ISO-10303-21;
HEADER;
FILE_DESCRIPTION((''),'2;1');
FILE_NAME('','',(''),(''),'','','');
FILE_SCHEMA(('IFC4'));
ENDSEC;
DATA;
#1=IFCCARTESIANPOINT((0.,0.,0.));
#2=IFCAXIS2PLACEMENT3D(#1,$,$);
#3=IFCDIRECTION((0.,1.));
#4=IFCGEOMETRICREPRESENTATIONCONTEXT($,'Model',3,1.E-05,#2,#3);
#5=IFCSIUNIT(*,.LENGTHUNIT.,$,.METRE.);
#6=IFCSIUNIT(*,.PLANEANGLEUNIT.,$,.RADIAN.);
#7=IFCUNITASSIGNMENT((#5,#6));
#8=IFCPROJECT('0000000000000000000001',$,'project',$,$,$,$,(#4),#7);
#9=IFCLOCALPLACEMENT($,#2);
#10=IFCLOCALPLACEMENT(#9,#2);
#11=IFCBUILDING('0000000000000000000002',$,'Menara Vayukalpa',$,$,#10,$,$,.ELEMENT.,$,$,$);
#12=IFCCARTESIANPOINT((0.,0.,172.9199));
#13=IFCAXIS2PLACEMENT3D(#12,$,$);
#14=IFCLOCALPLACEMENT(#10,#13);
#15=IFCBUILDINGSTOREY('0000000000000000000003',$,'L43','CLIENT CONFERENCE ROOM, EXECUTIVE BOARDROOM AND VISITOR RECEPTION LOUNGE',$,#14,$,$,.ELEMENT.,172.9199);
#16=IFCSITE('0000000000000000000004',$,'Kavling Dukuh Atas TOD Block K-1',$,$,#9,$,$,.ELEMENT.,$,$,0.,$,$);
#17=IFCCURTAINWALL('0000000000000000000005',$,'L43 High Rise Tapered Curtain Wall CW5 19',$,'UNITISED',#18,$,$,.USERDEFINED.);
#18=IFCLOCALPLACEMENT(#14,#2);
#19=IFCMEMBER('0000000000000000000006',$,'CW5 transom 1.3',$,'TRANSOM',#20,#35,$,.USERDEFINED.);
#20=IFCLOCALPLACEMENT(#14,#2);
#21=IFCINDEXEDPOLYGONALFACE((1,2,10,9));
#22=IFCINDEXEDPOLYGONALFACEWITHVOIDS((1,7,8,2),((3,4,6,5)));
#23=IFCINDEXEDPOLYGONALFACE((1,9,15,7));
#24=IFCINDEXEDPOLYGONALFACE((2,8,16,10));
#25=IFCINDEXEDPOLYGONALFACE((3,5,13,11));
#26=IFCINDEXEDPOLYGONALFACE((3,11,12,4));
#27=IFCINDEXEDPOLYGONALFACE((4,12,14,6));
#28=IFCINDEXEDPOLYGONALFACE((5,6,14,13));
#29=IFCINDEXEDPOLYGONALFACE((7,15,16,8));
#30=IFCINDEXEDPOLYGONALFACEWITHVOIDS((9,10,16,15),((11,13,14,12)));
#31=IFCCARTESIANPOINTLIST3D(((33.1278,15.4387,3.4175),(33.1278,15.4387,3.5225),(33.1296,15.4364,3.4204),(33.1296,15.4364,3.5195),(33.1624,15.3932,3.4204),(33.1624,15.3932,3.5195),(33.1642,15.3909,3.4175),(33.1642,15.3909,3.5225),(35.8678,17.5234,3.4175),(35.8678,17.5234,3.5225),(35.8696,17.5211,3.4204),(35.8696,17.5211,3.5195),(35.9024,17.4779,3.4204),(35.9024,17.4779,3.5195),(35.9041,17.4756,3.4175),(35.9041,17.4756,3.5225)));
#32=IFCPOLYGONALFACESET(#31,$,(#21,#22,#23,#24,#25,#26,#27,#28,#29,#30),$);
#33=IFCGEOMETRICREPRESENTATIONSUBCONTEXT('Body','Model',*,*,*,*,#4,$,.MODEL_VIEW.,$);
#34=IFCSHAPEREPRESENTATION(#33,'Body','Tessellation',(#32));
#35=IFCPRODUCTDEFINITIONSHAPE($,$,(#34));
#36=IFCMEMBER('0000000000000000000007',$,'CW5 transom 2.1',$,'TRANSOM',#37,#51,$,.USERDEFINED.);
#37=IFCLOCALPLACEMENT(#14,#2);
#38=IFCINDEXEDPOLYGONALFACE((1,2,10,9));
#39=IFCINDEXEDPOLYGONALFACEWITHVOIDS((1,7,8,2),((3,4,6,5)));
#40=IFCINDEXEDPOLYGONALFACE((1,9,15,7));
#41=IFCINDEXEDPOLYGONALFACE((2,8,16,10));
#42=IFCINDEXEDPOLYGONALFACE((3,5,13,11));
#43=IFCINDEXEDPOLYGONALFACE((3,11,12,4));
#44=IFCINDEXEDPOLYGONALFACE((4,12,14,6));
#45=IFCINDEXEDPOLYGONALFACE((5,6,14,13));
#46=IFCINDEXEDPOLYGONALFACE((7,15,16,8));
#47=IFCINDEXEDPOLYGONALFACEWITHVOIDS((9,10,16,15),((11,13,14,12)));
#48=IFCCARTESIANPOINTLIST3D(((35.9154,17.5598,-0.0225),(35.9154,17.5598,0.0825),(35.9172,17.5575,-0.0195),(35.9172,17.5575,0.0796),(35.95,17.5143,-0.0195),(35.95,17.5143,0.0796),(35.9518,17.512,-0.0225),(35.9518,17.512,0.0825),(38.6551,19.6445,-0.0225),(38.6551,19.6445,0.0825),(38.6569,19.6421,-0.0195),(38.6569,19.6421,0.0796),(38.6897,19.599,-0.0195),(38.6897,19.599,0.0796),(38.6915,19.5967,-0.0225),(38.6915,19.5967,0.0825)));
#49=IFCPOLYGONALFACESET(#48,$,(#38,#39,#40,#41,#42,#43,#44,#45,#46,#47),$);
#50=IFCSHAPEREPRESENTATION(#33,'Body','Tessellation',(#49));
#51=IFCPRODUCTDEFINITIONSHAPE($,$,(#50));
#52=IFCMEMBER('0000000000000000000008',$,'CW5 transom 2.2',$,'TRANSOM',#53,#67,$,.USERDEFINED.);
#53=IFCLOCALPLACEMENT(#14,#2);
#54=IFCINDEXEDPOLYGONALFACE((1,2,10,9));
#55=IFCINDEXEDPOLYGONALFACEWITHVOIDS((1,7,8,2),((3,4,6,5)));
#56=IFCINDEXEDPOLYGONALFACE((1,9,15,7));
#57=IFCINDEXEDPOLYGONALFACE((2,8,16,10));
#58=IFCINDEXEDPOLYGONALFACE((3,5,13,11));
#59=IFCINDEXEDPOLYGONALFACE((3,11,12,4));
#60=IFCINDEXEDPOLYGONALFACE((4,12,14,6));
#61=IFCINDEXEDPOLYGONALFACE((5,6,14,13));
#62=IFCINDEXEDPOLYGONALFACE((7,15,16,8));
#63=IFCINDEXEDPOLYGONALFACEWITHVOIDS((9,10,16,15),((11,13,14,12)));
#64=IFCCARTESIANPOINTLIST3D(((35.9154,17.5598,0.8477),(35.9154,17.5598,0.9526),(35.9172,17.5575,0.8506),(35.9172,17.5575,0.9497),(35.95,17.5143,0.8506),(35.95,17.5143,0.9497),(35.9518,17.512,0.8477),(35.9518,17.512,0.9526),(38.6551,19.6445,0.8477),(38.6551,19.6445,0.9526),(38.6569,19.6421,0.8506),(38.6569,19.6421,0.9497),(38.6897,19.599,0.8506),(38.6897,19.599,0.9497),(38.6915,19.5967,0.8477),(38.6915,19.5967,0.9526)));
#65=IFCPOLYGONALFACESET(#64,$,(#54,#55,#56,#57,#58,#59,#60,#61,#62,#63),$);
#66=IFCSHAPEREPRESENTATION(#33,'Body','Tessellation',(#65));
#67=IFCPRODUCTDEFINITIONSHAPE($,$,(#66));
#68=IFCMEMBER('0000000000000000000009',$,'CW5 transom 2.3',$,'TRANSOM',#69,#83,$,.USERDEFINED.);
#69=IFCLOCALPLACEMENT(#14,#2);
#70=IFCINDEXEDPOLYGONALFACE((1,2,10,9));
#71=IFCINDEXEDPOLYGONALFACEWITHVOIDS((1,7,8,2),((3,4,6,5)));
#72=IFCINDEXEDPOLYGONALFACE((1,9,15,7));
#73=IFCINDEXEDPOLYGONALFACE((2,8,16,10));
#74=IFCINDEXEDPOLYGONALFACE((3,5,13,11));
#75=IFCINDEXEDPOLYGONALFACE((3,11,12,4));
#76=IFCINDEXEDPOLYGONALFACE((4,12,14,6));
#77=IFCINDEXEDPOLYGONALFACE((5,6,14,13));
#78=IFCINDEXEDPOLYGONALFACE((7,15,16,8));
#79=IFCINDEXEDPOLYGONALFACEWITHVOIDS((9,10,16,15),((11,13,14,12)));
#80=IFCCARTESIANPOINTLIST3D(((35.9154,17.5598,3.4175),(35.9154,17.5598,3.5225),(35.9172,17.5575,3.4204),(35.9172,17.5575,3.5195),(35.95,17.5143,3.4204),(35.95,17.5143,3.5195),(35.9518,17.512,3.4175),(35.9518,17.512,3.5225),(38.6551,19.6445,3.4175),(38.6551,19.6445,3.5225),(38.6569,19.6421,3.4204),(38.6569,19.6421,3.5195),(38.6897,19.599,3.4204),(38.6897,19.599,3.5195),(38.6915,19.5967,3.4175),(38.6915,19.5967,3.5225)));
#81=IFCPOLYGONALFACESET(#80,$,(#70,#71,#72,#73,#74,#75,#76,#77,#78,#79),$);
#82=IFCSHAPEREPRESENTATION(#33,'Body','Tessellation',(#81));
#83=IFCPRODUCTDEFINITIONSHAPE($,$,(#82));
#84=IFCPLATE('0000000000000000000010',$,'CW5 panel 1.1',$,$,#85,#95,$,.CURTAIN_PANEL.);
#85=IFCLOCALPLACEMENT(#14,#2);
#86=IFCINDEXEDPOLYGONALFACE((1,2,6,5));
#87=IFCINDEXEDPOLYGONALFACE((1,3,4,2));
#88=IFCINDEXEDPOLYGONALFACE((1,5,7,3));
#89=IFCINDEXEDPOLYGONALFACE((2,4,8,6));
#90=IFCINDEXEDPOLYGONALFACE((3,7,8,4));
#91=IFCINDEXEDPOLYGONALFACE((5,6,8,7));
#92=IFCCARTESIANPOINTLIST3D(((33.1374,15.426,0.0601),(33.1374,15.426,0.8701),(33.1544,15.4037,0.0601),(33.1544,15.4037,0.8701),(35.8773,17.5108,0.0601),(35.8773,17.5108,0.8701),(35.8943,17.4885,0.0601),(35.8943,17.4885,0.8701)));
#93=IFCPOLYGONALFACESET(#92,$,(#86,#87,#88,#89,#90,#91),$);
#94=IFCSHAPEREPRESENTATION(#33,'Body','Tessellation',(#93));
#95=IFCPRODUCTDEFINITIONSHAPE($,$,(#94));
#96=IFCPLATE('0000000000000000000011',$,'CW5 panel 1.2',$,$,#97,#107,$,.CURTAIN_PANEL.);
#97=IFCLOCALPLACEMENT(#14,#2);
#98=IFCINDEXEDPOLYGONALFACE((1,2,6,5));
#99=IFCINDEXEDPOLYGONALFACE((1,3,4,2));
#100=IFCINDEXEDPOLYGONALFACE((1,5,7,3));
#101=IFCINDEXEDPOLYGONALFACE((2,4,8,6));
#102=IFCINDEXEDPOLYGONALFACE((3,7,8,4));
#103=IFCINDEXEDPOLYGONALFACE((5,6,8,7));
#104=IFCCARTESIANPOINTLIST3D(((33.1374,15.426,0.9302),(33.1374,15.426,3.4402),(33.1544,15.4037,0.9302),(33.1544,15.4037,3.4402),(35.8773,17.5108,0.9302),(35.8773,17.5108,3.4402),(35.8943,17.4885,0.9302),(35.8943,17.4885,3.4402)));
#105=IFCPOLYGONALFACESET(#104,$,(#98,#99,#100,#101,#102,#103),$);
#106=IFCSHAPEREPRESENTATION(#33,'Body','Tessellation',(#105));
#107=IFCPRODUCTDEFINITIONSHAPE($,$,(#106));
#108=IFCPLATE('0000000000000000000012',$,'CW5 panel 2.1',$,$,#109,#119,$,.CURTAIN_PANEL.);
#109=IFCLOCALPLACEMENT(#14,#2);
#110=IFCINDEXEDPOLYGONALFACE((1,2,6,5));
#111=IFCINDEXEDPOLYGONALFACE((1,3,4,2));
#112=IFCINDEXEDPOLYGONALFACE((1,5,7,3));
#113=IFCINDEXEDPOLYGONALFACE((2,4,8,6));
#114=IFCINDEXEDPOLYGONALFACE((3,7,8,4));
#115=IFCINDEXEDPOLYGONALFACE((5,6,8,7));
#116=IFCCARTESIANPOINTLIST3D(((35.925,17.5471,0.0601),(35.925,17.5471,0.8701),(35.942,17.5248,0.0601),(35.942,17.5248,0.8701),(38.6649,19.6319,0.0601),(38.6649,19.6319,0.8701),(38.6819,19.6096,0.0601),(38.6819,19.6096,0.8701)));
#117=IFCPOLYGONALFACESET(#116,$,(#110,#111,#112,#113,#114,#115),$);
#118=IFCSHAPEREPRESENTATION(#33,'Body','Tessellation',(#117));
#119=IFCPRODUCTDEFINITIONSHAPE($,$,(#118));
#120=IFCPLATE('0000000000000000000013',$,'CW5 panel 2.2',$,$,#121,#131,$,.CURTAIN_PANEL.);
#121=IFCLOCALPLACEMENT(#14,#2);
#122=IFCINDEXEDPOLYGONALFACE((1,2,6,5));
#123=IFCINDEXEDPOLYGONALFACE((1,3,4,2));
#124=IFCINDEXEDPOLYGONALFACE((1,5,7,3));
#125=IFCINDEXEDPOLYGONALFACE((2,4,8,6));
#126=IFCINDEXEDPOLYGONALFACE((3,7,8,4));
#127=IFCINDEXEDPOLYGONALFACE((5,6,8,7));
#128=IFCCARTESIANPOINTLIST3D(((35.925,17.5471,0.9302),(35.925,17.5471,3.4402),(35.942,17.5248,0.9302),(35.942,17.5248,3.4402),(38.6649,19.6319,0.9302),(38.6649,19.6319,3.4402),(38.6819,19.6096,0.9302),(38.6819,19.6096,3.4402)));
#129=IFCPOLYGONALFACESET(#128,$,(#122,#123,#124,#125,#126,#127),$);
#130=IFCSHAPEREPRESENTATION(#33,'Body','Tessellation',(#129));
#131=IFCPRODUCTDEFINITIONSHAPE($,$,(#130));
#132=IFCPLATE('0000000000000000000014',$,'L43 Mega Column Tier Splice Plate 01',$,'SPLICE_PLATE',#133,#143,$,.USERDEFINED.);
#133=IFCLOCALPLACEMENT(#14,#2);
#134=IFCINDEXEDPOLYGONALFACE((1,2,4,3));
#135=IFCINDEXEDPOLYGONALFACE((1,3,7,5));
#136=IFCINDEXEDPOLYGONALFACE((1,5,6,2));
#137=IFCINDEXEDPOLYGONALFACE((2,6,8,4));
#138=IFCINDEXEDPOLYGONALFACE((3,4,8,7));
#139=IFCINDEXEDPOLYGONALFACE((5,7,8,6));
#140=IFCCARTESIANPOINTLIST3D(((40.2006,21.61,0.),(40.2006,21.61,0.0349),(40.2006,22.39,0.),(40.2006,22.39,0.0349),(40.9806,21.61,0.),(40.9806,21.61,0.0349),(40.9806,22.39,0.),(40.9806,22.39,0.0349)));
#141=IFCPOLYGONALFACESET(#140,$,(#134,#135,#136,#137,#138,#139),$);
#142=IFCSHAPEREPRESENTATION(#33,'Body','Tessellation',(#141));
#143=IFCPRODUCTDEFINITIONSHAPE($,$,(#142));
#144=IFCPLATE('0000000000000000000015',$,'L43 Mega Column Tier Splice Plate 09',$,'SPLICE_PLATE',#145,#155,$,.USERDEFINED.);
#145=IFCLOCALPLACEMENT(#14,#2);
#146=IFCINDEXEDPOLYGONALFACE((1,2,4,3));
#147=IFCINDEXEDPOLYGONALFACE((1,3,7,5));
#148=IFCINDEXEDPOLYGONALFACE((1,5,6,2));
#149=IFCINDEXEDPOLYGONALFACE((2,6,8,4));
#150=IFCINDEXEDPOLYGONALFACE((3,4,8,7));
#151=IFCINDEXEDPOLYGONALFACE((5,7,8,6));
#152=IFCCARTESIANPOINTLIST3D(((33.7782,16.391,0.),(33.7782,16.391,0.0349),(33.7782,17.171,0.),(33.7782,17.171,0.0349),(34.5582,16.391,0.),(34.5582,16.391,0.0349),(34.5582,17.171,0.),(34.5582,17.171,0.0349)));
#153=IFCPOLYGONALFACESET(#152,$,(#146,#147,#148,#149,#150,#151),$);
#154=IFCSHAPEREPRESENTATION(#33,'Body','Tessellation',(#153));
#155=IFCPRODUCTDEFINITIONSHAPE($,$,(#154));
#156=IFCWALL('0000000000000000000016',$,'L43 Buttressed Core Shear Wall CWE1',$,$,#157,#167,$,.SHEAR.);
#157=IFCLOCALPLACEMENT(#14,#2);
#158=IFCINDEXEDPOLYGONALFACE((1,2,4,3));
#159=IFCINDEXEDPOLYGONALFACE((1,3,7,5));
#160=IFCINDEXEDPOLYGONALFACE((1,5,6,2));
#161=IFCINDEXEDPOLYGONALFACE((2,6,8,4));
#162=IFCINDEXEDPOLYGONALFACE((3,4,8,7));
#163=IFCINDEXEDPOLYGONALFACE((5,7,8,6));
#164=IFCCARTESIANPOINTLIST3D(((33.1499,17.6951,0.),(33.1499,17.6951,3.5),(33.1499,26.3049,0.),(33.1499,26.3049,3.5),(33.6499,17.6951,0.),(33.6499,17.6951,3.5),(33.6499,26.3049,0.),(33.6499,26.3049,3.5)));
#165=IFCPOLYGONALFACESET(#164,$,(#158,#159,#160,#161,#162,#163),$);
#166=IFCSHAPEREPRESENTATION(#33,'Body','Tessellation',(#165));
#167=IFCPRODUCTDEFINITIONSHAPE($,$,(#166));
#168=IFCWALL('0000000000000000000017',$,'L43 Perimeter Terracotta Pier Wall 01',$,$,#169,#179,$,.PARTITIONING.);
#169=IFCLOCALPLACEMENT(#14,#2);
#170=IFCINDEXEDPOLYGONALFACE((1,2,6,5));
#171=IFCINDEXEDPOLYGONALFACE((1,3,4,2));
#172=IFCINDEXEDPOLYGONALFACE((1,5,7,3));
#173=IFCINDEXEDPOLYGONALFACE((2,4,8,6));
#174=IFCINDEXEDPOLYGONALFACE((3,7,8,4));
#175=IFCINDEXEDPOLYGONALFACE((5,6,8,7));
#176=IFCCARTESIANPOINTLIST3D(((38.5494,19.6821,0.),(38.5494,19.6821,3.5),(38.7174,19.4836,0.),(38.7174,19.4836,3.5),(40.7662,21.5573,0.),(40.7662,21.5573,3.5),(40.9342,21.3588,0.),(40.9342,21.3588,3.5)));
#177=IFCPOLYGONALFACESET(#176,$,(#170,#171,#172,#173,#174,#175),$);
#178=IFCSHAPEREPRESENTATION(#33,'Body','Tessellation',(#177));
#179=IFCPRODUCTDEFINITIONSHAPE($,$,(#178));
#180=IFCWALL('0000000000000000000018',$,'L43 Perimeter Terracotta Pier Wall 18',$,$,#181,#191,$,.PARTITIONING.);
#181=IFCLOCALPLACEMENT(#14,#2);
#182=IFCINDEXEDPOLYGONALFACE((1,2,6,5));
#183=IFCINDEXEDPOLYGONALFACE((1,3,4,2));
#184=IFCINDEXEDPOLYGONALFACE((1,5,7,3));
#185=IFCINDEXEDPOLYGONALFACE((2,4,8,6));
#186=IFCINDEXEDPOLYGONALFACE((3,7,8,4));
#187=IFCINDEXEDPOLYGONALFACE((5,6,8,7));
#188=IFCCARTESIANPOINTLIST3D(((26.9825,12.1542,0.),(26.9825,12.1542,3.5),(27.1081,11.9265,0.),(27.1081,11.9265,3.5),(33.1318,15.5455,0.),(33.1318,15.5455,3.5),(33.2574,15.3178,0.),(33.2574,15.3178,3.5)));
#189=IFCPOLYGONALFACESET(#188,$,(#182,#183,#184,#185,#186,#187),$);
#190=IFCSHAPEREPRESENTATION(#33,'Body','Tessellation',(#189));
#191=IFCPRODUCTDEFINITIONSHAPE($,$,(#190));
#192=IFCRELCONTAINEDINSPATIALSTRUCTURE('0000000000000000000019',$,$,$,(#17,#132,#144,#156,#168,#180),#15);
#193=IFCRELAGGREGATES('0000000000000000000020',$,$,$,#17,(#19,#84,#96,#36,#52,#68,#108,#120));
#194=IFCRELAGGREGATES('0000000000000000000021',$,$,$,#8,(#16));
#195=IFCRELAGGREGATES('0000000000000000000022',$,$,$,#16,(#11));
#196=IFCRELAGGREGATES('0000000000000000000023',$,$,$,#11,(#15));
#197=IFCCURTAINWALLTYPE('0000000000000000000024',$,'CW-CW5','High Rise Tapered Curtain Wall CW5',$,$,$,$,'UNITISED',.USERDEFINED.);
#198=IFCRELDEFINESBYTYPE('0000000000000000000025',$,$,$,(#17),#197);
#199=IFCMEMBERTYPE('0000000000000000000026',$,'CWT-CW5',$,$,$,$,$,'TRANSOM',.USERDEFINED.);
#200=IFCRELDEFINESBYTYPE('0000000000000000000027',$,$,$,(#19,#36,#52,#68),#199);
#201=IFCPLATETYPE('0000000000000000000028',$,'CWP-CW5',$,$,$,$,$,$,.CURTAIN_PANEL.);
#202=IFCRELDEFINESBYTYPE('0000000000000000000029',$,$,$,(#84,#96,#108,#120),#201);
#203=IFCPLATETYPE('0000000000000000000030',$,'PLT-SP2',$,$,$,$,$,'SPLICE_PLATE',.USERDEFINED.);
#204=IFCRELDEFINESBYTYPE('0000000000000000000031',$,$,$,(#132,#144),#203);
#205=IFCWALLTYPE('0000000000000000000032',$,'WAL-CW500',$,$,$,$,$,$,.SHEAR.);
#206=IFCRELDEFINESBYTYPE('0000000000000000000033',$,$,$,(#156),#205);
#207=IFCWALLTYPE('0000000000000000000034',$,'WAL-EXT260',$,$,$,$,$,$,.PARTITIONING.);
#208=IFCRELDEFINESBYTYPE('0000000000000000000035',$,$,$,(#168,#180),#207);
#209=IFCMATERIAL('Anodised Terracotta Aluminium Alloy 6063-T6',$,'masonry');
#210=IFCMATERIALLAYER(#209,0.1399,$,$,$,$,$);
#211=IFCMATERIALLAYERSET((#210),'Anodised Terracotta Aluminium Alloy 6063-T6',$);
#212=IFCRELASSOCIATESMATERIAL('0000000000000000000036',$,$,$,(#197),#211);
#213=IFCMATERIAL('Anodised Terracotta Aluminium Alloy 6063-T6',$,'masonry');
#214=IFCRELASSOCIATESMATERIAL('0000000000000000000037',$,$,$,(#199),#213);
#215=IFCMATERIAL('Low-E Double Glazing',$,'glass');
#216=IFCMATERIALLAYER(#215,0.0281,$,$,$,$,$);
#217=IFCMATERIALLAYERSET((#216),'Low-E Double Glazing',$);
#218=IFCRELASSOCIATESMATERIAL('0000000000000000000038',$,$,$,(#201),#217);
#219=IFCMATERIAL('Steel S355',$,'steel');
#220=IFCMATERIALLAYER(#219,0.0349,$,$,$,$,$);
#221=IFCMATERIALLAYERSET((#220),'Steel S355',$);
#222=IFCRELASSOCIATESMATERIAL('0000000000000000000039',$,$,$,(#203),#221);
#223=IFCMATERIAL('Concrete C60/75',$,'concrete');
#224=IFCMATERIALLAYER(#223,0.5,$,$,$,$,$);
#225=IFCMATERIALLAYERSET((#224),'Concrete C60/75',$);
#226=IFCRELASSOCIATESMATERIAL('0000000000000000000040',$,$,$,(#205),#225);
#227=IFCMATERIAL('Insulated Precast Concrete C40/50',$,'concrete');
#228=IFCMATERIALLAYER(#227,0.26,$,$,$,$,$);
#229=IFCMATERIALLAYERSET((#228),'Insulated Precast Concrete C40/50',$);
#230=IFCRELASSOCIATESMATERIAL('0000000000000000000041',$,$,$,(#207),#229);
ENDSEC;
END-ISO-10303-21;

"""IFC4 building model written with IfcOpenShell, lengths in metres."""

from ifc_helpers import new_model, si_unit, direction, frame, frame_2d, origin, origin_2d, place, context, subcontext, project, spatial, rectangle, hollow_rectangle, extrude, material, layer, layer_set, material_profile, profile_set, type_object, element, aggregate, save


model = new_model("IFC4")

# Units and contexts
model_context = context("Model", 3, precision=1e-05, world=origin(), true_north=direction((0.0, 1.0)))
body_context = subcontext(model_context, "Body", "Model", "MODEL_VIEW")
ifc_project = project(units=[si_unit("LENGTHUNIT", "METRE"), si_unit("PLANEANGLEUNIT", "RADIAN")], contexts=[model_context])

# Site, building, storey
site_placement = place(None, origin())
site = spatial("IfcSite", under=ifc_project, at=site_placement, Name="Kavling Dukuh Atas TOD Block K-1", CompositionType="ELEMENT", RefElevation=0.0)
building_placement = place(site_placement, origin())
building = spatial("IfcBuilding", under=site, at=building_placement, Name="Menara Vayukalpa", CompositionType="ELEMENT")
storey_placement = place(building_placement, frame((0.0, 0.0, 172.9199)))
storey = spatial("IfcBuildingStorey", under=building, at=storey_placement, Name="L43", Description="CLIENT CONFERENCE ROOM, EXECUTIVE BOARDROOM AND VISITOR RECEPTION LOUNGE", CompositionType="ELEMENT", Elevation=172.9199)

# Curtain wall, members, plates
ifc_material_1 = material(Name="Anodised Terracotta Aluminium Alloy 6063-T6", Category="masonry")
ifc_layer_1 = layer(ifc_material_1, 0.1399)
ifc_layer_set_1 = layer_set([ifc_layer_1], Name="Anodised Terracotta Aluminium Alloy 6063-T6")
curtain_wall_type = type_object("IfcCurtainWallType", Name="CW-CW5", Description="High Rise Tapered Curtain Wall CW5", ElementType="UNITISED", PredefinedType="USERDEFINED", material=ifc_layer_set_1)
curtain_wall_placement = place(storey_placement, origin())
curtain_wall = element("IfcCurtainWall", 1, at=curtain_wall_placement, inside=storey, type_object=curtain_wall_type, Name="L43 High Rise Tapered Curtain Wall CW5 19", ObjectType="UNITISED", PredefinedType="USERDEFINED")
ifc_material_2 = material(Name="Anodised Terracotta Aluminium Alloy 6063-T6", Category="masonry")
ifc_material_profile_1 = material_profile(ifc_material_2, hollow_rectangle(XDim=0.0601, YDim=0.105, WallThickness=0.0029, at=origin_2d()), Name="ALU 60x105x3")
ifc_profile_set_1 = profile_set([ifc_material_profile_1], Name="Anodised Terracotta Aluminium Alloy 6063-T6")
member_type_1 = type_object("IfcMemberType", Name="CWT-CW5", ElementType="TRANSOM", PredefinedType="USERDEFINED", material=ifc_profile_set_1)
member_1_placement = place(storey_placement, frame((33.146, 15.4148, 3.47), z_axis=(0.795837, 0.605511, 0.0), x_axis=(-0.605511, 0.795837, 0.0)))
member_1 = element("IfcMember", 2, at=member_1_placement, type_object=member_type_1, Name="CW5 transom 1.3", ObjectType="TRANSOM", PredefinedType="USERDEFINED", context=body_context, shape_type="SweptSolid", body=[
    extrude(hollow_rectangle(XDim=0.0601, YDim=0.105, WallThickness=0.0029, at=origin_2d()), origin(), (0.0, 0.0, 1.0), 3.4429),
])
member_2_placement = place(storey_placement, frame((35.9336, 17.5359, 0.03), z_axis=(0.795811, 0.605545, 0.0), x_axis=(-0.605545, 0.795811, 0.0)))
member_2 = element("IfcMember", 3, at=member_2_placement, type_object=member_type_1, Name="CW5 transom 2.1", ObjectType="TRANSOM", PredefinedType="USERDEFINED", context=body_context, shape_type="SweptSolid", body=[
    extrude(hollow_rectangle(XDim=0.0601, YDim=0.105, WallThickness=0.0029, at=origin_2d()), origin(), (0.0, 0.0, 1.0), 3.4426),
])
member_3_placement = place(storey_placement, frame((35.9336, 17.5359, 0.9001), z_axis=(0.795811, 0.605545, 0.0), x_axis=(-0.605545, 0.795811, 0.0)))
member_3 = element("IfcMember", 4, at=member_3_placement, type_object=member_type_1, Name="CW5 transom 2.2", ObjectType="TRANSOM", PredefinedType="USERDEFINED", context=body_context, shape_type="SweptSolid", body=[
    extrude(hollow_rectangle(XDim=0.0601, YDim=0.105, WallThickness=0.0029, at=origin_2d()), origin(), (0.0, 0.0, 1.0), 3.4426),
])
member_4_placement = place(storey_placement, frame((35.9336, 17.5359, 3.47), z_axis=(0.795811, 0.605545, 0.0), x_axis=(-0.605545, 0.795811, 0.0)))
member_4 = element("IfcMember", 5, at=member_4_placement, type_object=member_type_1, Name="CW5 transom 2.3", ObjectType="TRANSOM", PredefinedType="USERDEFINED", context=body_context, shape_type="SweptSolid", body=[
    extrude(hollow_rectangle(XDim=0.0601, YDim=0.105, WallThickness=0.0029, at=origin_2d()), origin(), (0.0, 0.0, 1.0), 3.4426),
])
ifc_material_3 = material(Name="Low-E Double Glazing", Category="glass")
ifc_layer_2 = layer(ifc_material_3, 0.0281)
ifc_layer_set_2 = layer_set([ifc_layer_2], Name="Low-E Double Glazing")
plate_type_1 = type_object("IfcPlateType", Name="CWP-CW5", PredefinedType="CURTAIN_PANEL", material=ifc_layer_set_2)
plate_1_placement = place(storey_placement, frame((34.5159, 16.4573, 0.0601), z_axis=(0.0, 0.0, 1.0), x_axis=(0.795815, 0.60554, 0.0)))
plate_1 = element("IfcPlate", 6, at=plate_1_placement, type_object=plate_type_1, Name="CW5 panel 1.1", PredefinedType="CURTAIN_PANEL", context=body_context, shape_type="SweptSolid", body=[
    extrude(rectangle(XDim=3.4429, YDim=0.0281, at=origin_2d()), origin(), (0.0, 0.0, 1.0), 0.8101),
])
plate_2_placement = place(storey_placement, frame((34.5159, 16.4573, 0.9302), z_axis=(0.0, 0.0, 1.0), x_axis=(0.795815, 0.60554, 0.0)))
plate_2 = element("IfcPlate", 7, at=plate_2_placement, type_object=plate_type_1, Name="CW5 panel 1.2", PredefinedType="CURTAIN_PANEL", context=body_context, shape_type="SweptSolid", body=[
    extrude(rectangle(XDim=3.4429, YDim=0.0281, at=origin_2d()), origin(), (0.0, 0.0, 1.0), 2.51),
])
plate_3_placement = place(storey_placement, frame((37.3035, 18.5784, 0.0601), z_axis=(0.0, 0.0, 1.0), x_axis=(0.795815, 0.60554, 0.0)))
plate_3 = element("IfcPlate", 8, at=plate_3_placement, type_object=plate_type_1, Name="CW5 panel 2.1", PredefinedType="CURTAIN_PANEL", context=body_context, shape_type="SweptSolid", body=[
    extrude(rectangle(XDim=3.4429, YDim=0.0281, at=origin_2d()), origin(), (0.0, 0.0, 1.0), 0.8101),
])
plate_4_placement = place(storey_placement, frame((37.3035, 18.5784, 0.9302), z_axis=(0.0, 0.0, 1.0), x_axis=(0.795815, 0.60554, 0.0)))
plate_4 = element("IfcPlate", 9, at=plate_4_placement, type_object=plate_type_1, Name="CW5 panel 2.2", PredefinedType="CURTAIN_PANEL", context=body_context, shape_type="SweptSolid", body=[
    extrude(rectangle(XDim=3.4429, YDim=0.0281, at=origin_2d()), origin(), (0.0, 0.0, 1.0), 2.51),
])
aggregate(curtain_wall, [member_1, plate_1, plate_2, member_2, member_3, member_4, plate_3, plate_4])

# Plates
ifc_material_4 = material(Name="Steel S355", Category="steel")
ifc_layer_3 = layer(ifc_material_4, 0.0349)
ifc_layer_set_3 = layer_set([ifc_layer_3], Name="Steel S355")
plate_type_2 = type_object("IfcPlateType", Name="PLT-SP2", ElementType="SPLICE_PLATE", PredefinedType="USERDEFINED", material=ifc_layer_set_3)
for number, where, z_axis, x_axis, name in (
    (10, (40.5906, 22.0, 0.0), (0.0, 0.0, 1.0), (1.0, 0.0, 0.0), "L43 Mega Column Tier Splice Plate 01"),
    (11, (34.1682, 16.781, 0.0), (0.0, 0.0, 1.0), (1.0, 0.0, 0.0), "L43 Mega Column Tier Splice Plate 09"),
):
    element("IfcPlate", number, at=place(storey_placement, frame(where, z_axis=z_axis, x_axis=x_axis)), inside=storey, type_object=plate_type_2, Name=name, ObjectType="SPLICE_PLATE", PredefinedType="USERDEFINED", context=body_context, shape_type="SweptSolid", body=[
        extrude(rectangle(XDim=0.78, YDim=0.78, at=origin_2d()), origin(), (0.0, 0.0, 1.0), 0.0349),
    ])

# Walls
ifc_material_5 = material(Name="Concrete C60/75", Category="concrete")
ifc_layer_4 = layer(ifc_material_5, 0.5)
ifc_layer_set_4 = layer_set([ifc_layer_4], Name="Concrete C60/75")
wall_type_1 = type_object("IfcWallType", Name="WAL-CW500", PredefinedType="SHEAR", material=ifc_layer_set_4)
wall_1_placement = place(storey_placement, frame((33.3999, 17.6951, 0.0), z_axis=(0.0, 0.0, 1.0), x_axis=(0.0, 1.0, 0.0)))
element("IfcWall", 12, at=wall_1_placement, inside=storey, type_object=wall_type_1, Name="L43 Buttressed Core Shear Wall CWE1", PredefinedType="SHEAR", context=body_context, shape_type="SweptSolid", body=[
    extrude(rectangle(XDim=8.6099, YDim=0.5, at=frame_2d((4.3049, 0.0))), origin(), (0.0, 0.0, 1.0), 3.5),
])
ifc_material_6 = material(Name="Insulated Precast Concrete C40/50", Category="concrete")
ifc_layer_5 = layer(ifc_material_6, 0.26)
ifc_layer_set_5 = layer_set([ifc_layer_5], Name="Insulated Precast Concrete C40/50")
wall_type_2 = type_object("IfcWallType", Name="WAL-EXT260", PredefinedType="PARTITIONING", material=ifc_layer_set_5)
wall_2_placement = place(storey_placement, frame((40.8501, 21.458, 0.0), z_axis=(0.0, 0.0, 1.0), x_axis=(-0.763472, -0.64584, 0.0)))
element("IfcWall", 13, at=wall_2_placement, inside=storey, type_object=wall_type_2, Name="L43 Perimeter Terracotta Pier Wall 01", PredefinedType="PARTITIONING", context=body_context, shape_type="SweptSolid", body=[
    extrude(rectangle(XDim=2.9036, YDim=0.26, at=frame_2d((1.4517, 0.0))), origin(), (0.0, 0.0, 1.0), 3.5),
])
wall_3_placement = place(storey_placement, frame((33.1946, 15.4316, 0.0), z_axis=(0.0, 0.0, 1.0), x_axis=(-0.875663, -0.482922, 0.0)))
element("IfcWall", 14, at=wall_3_placement, inside=storey, type_object=wall_type_2, Name="L43 Perimeter Terracotta Pier Wall 18", PredefinedType="PARTITIONING", context=body_context, shape_type="SweptSolid", body=[
    extrude(rectangle(XDim=7.0225, YDim=0.26, at=frame_2d((3.5112, 0.0))), origin(), (0.0, 0.0, 1.0), 3.5),
])

save(model, "model.ifc")
